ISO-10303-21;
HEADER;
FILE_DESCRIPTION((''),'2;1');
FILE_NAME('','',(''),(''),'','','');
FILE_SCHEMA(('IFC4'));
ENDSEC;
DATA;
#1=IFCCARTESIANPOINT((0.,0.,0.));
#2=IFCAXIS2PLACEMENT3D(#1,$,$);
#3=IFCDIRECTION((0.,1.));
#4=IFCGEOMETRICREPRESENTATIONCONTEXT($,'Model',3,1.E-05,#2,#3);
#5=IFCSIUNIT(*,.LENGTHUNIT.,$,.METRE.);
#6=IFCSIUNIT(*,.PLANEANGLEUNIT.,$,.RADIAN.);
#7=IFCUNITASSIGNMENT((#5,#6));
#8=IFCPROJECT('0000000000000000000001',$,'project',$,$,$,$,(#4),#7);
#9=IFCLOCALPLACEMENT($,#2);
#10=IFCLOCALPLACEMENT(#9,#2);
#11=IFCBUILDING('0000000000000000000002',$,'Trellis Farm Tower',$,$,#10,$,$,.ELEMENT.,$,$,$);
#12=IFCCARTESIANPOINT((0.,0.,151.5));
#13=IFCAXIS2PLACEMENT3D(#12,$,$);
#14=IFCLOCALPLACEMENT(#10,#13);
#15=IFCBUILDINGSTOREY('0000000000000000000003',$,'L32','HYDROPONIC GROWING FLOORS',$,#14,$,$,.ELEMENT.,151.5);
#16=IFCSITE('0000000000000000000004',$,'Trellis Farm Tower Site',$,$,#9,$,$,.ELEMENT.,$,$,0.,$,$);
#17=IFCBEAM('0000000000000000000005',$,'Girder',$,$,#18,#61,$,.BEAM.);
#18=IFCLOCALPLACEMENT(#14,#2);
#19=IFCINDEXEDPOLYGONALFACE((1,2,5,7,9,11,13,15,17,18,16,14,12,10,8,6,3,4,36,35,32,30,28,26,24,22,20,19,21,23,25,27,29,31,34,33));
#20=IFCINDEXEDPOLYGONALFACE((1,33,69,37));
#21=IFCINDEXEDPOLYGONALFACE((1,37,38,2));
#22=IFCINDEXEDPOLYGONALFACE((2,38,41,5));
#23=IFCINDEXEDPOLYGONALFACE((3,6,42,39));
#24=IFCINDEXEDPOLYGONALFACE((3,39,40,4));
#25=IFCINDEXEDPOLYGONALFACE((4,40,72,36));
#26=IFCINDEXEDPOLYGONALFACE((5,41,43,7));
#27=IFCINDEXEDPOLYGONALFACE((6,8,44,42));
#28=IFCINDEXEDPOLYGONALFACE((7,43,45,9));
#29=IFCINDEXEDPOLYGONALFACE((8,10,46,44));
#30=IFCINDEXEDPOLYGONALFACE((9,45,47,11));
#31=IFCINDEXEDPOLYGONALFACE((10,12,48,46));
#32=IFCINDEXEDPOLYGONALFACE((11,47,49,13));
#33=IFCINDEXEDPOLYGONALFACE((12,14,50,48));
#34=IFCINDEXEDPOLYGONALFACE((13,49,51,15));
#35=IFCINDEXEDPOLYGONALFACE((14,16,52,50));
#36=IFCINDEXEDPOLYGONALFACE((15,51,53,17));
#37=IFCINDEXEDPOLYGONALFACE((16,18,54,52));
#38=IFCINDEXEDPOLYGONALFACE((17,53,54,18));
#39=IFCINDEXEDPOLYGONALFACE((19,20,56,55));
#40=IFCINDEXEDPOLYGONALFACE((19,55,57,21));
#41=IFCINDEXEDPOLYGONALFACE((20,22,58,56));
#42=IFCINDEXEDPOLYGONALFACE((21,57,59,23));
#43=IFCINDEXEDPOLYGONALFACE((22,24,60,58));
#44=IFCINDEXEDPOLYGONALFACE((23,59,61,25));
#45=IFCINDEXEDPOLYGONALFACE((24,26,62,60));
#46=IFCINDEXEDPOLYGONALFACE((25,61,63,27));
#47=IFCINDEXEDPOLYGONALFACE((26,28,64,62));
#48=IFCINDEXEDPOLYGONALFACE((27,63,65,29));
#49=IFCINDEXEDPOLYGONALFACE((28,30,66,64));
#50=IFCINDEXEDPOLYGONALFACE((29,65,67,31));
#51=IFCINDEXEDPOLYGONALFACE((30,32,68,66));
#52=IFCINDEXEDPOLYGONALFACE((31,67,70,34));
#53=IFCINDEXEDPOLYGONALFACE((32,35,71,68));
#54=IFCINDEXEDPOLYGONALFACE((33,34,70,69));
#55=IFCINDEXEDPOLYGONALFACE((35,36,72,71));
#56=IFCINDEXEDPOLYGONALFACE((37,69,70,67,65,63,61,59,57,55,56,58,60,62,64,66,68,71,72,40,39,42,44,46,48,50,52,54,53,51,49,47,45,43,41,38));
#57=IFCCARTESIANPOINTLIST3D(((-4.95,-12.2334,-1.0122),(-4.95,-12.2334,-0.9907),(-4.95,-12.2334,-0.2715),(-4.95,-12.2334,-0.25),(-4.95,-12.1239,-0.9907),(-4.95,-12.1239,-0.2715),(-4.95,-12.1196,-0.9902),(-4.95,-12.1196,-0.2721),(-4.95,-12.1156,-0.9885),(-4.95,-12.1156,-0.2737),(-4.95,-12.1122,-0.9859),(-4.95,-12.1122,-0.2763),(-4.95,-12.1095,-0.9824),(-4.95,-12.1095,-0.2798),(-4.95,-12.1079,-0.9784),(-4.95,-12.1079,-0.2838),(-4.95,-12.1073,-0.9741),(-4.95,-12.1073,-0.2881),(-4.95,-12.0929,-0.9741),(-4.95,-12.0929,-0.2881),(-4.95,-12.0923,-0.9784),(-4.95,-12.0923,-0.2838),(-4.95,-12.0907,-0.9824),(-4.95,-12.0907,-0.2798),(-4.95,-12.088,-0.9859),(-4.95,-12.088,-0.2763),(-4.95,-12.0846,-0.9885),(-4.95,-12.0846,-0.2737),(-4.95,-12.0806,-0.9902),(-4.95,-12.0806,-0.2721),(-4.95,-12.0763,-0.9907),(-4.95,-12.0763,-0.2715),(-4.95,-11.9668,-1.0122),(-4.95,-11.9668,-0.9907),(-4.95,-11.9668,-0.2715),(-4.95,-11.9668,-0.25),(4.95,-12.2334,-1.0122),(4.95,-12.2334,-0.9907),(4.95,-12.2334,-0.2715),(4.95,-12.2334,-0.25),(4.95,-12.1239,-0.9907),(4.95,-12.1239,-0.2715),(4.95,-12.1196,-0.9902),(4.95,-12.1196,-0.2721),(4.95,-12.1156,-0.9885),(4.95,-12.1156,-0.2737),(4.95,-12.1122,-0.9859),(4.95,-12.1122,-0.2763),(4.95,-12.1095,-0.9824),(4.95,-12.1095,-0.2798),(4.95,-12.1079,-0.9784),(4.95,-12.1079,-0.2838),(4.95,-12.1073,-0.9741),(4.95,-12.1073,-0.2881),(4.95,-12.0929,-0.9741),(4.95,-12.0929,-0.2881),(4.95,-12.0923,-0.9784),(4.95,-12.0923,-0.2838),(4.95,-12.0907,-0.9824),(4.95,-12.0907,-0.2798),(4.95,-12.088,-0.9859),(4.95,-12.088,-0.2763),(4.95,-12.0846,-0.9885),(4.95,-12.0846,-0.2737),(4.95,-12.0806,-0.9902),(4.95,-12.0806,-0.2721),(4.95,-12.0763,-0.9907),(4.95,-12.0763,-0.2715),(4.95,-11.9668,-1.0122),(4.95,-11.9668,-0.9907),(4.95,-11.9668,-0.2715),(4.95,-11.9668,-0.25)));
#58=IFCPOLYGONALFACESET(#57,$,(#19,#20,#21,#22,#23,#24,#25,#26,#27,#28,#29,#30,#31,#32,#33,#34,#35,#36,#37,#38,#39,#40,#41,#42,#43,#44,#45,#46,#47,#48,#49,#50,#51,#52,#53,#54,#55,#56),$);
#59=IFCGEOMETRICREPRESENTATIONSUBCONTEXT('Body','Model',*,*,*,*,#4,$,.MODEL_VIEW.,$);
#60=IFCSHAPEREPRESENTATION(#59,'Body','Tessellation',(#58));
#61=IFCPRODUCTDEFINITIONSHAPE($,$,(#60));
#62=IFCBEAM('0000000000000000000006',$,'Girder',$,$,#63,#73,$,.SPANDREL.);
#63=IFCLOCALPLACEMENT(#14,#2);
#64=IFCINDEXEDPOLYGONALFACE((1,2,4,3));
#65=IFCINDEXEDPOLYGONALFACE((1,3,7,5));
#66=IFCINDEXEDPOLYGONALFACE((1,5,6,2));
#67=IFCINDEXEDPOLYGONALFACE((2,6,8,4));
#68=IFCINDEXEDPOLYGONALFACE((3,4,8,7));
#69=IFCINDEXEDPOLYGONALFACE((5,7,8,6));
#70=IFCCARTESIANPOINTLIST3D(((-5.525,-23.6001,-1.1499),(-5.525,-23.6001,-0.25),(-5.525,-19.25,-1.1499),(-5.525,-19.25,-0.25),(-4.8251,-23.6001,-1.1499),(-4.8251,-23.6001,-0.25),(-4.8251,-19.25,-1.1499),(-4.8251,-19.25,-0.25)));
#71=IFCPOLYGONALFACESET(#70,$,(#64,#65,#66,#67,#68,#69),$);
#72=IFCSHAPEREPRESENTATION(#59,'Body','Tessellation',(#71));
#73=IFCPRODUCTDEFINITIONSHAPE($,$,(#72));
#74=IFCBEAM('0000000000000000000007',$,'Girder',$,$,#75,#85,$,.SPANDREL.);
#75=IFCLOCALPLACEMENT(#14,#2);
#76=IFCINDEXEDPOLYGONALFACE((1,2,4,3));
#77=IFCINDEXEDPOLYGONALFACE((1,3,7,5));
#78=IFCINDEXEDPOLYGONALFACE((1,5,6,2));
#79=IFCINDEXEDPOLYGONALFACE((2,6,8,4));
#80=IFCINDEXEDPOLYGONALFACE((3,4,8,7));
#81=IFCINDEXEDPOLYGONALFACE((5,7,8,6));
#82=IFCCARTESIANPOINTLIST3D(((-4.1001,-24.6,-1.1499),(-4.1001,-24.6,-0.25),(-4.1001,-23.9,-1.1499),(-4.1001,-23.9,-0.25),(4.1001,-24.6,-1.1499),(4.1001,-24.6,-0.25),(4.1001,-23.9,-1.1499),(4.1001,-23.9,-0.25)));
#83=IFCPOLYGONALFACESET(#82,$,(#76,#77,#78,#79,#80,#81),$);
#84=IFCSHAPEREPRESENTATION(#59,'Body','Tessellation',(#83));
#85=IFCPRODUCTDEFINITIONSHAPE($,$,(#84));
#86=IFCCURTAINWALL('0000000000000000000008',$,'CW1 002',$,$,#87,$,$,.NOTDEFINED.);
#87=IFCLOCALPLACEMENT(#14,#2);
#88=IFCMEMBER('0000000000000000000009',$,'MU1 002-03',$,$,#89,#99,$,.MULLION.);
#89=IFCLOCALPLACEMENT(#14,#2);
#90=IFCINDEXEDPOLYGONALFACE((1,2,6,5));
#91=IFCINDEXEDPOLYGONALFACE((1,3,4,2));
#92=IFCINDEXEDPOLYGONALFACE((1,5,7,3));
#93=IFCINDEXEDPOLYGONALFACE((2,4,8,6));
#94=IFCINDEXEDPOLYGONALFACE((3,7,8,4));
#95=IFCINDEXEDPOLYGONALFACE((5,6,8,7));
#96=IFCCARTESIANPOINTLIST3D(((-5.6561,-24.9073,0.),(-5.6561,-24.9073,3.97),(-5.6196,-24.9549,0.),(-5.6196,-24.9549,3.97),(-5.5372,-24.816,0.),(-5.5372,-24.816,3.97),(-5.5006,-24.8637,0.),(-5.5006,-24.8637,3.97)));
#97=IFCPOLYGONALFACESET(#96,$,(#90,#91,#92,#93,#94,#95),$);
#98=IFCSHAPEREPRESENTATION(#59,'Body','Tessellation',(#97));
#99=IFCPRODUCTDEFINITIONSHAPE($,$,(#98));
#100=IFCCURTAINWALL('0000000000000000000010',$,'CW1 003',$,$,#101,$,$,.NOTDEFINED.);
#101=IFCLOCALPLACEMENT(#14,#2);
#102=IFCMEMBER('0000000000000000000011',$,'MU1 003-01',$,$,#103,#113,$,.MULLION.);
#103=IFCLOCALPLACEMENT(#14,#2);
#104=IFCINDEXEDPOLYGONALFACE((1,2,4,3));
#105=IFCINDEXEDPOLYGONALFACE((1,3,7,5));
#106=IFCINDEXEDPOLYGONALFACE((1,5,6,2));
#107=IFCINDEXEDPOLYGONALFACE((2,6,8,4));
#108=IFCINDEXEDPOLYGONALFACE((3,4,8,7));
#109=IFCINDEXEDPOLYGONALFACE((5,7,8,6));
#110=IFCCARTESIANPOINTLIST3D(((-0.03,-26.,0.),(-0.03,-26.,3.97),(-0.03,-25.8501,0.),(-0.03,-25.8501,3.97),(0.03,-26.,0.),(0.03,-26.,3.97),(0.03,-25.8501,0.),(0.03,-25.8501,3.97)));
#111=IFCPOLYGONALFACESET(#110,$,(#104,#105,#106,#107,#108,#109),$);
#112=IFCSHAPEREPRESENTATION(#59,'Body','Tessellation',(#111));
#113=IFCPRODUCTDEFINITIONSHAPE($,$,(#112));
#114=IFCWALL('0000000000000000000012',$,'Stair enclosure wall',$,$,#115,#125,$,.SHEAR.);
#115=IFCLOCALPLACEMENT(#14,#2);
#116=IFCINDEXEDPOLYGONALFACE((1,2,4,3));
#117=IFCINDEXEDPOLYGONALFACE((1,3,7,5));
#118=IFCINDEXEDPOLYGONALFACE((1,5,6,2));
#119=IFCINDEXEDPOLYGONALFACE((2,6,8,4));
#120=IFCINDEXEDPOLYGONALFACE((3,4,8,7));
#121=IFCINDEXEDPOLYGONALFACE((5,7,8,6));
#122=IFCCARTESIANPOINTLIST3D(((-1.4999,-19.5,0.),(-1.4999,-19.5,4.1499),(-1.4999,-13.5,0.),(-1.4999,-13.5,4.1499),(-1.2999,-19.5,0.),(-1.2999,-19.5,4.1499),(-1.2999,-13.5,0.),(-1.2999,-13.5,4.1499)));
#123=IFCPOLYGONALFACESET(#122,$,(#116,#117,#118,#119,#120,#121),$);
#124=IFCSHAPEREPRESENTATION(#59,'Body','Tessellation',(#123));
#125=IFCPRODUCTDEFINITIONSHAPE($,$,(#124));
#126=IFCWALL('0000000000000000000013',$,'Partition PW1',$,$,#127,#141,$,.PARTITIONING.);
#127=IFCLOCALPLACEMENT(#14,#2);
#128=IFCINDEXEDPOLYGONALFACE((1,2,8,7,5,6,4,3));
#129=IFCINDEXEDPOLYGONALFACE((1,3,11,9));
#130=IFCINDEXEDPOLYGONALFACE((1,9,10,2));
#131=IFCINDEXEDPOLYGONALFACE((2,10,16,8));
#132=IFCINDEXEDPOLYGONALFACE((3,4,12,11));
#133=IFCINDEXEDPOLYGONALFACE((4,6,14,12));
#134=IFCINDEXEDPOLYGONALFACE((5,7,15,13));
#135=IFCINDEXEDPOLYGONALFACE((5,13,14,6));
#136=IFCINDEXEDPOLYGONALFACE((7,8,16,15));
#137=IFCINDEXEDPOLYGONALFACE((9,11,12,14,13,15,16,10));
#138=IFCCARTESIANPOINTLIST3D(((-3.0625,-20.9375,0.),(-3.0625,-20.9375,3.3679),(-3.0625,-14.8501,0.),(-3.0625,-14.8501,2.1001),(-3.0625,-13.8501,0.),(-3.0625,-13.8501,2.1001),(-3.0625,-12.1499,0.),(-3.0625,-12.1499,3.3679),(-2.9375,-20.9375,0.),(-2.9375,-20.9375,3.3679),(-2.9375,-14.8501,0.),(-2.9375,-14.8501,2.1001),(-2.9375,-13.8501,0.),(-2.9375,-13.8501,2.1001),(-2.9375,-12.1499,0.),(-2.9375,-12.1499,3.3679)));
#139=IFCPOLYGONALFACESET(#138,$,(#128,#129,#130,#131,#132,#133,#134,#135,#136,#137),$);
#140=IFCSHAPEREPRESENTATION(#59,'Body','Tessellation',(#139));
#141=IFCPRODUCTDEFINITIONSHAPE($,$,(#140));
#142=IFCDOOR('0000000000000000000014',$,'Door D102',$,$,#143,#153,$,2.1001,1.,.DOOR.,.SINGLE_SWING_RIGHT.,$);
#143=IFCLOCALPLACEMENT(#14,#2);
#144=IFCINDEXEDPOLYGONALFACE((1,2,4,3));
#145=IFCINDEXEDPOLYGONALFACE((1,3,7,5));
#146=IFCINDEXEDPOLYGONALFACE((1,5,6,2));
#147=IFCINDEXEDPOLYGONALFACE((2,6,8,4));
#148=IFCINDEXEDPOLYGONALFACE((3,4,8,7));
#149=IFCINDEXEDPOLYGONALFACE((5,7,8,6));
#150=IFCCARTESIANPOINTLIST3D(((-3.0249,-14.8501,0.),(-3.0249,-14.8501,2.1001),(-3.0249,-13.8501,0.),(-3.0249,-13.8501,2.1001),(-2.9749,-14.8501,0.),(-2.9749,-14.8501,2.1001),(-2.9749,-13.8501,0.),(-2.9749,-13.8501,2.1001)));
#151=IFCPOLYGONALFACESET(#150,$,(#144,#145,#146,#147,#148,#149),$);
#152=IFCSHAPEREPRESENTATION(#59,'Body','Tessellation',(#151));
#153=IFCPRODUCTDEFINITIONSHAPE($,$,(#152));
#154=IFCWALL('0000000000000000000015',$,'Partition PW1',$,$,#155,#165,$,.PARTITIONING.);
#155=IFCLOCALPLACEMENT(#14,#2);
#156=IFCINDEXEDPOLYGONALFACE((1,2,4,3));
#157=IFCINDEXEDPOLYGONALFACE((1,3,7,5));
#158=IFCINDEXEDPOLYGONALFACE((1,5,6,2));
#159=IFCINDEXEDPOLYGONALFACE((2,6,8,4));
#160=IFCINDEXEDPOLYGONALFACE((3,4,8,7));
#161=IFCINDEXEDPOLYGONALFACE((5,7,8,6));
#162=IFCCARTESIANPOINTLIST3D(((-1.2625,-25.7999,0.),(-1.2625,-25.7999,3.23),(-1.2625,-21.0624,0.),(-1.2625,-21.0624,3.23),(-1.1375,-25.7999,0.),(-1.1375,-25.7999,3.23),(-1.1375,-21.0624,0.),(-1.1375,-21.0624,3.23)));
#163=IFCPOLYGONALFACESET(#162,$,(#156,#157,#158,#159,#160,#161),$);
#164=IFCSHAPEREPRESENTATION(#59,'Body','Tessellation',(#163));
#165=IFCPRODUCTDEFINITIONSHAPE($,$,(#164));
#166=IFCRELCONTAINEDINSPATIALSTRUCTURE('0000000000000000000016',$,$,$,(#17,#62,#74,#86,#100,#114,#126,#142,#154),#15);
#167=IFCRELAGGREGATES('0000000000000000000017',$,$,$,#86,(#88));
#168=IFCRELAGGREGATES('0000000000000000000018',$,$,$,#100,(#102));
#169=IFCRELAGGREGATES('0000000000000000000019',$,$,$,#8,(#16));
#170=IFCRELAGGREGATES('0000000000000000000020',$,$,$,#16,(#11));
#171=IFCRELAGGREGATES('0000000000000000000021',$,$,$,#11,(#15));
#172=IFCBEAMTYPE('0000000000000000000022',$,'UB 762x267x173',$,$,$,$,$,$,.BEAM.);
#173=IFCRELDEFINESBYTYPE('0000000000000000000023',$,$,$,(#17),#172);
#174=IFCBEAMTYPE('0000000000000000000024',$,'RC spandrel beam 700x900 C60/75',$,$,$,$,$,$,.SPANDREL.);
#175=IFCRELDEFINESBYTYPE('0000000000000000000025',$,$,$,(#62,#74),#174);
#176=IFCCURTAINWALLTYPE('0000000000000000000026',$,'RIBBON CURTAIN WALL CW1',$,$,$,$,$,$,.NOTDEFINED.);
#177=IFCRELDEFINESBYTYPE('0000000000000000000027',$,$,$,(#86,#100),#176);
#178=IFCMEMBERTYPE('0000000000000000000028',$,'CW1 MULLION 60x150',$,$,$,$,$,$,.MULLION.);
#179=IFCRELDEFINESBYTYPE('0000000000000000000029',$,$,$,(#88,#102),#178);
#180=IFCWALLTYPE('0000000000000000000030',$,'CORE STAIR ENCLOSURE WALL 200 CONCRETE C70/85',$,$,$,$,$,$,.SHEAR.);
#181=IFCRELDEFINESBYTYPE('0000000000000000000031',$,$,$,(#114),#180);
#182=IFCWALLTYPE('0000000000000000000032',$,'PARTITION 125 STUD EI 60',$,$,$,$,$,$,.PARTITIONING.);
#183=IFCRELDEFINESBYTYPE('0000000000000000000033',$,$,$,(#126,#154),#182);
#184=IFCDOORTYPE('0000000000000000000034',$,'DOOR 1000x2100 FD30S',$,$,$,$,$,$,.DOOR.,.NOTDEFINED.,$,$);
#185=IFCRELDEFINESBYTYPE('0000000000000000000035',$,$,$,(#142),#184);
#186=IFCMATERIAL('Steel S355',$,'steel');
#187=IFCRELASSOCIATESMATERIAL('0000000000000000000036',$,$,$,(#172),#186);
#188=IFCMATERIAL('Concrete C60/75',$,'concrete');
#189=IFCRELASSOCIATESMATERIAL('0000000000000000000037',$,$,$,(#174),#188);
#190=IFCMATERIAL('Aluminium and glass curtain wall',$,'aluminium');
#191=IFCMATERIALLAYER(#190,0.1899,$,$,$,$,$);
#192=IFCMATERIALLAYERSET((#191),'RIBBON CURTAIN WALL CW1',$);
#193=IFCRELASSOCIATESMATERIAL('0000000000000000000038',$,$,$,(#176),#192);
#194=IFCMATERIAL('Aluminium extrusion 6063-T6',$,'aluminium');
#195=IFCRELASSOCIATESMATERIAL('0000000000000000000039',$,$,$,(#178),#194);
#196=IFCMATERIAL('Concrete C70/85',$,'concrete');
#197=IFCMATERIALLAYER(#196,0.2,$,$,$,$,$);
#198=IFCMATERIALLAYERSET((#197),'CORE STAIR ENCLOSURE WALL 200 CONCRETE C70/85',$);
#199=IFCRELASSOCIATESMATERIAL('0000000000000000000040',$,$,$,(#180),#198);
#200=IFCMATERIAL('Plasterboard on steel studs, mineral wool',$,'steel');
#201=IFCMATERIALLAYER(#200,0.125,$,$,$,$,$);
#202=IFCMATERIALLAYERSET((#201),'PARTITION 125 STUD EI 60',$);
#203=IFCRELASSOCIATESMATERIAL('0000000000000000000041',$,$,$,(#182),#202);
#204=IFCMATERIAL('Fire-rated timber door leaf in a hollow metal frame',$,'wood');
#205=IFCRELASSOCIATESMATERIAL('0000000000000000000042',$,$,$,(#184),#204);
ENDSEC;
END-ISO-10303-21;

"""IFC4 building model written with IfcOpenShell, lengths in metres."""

from ifc_helpers import new_model, si_unit, direction, frame, frame_2d, origin, origin_2d, place, context, subcontext, project, spatial, rectangle, i_section, extrude, source, transform, mapped, material, layer, layer_set, material_profile, profile_set, type_object, element, fill, aggregate, save


model = new_model("IFC4")

# Units and contexts
model_context = context("Model", 3, precision=1e-05, world=origin(), true_north=direction((0.0, 1.0)))
body_context = subcontext(model_context, "Body", "Model", "MODEL_VIEW")
ifc_project = project(units=[si_unit("LENGTHUNIT", "METRE"), si_unit("PLANEANGLEUNIT", "RADIAN")], contexts=[model_context])

# Site, building, storey
site_placement = place(None, origin())
site = spatial("IfcSite", under=ifc_project, at=site_placement, Name="Trellis Farm Tower Site", CompositionType="ELEMENT", RefElevation=0.0)
building_placement = place(site_placement, origin())
building = spatial("IfcBuilding", under=site, at=building_placement, Name="Trellis Farm Tower", CompositionType="ELEMENT")
storey_placement = place(building_placement, frame((0.0, 0.0, 151.5)))
storey = spatial("IfcBuildingStorey", under=building, at=storey_placement, Name="L32", Description="HYDROPONIC GROWING FLOORS", CompositionType="ELEMENT", Elevation=151.5)

# Beams
ifc_material_1 = material(Name="Steel S355", Category="steel")
ifc_material_profile_1 = material_profile(ifc_material_1, i_section(OverallWidth=0.2666, OverallDepth=0.7622, WebThickness=0.0144, FlangeThickness=0.0215, FilletRadius=0.0166, at=origin_2d()), Name="UB 762x267x173")
ifc_profile_set_1 = profile_set([ifc_material_profile_1], Name="Steel S355")
beam_type_1 = type_object("IfcBeamType", Name="UB 762x267x173", PredefinedType="BEAM", material=ifc_profile_set_1)
shared_shape_1 = source(origin(), body_context, "Body", "SweptSolid", [
    extrude(i_section(OverallWidth=0.2666, OverallDepth=0.7622, WebThickness=0.0144, FlangeThickness=0.0215, FilletRadius=0.0166, at=origin_2d()), origin(), (0.0, 0.0, 1.0), 9.8999),
])
beam_1_placement = place(storey_placement, frame((-4.95, -12.1001, -0.6311), z_axis=(1.0, 0.0, 0.0), x_axis=(0.0, 1.0, 0.0)))
element("IfcBeam", 1, at=beam_1_placement, inside=storey, type_object=beam_type_1, Name="Girder", PredefinedType="BEAM", context=body_context, shape_type="MappedRepresentation", body=[
    mapped(shared_shape_1, transform((0.0, 0.0, 0.0))),
])
ifc_material_2 = material(Name="Concrete C60/75", Category="concrete")
ifc_material_profile_2 = material_profile(ifc_material_2, rectangle(XDim=0.7, YDim=0.8999, at=origin_2d()), Name="RC spandrel beam 700x900 C60/75")
ifc_profile_set_2 = profile_set([ifc_material_profile_2], Name="Concrete C60/75")
beam_type_2 = type_object("IfcBeamType", Name="RC spandrel beam 700x900 C60/75", PredefinedType="SPANDREL", material=ifc_profile_set_2)
shared_shape_2 = source(origin(), body_context, "Body", "SweptSolid", [
    extrude(rectangle(XDim=0.7, YDim=0.8999, at=origin_2d()), origin(), (0.0, 0.0, 1.0), 4.3501),
])
beam_2_placement = place(storey_placement, frame((-5.175, -23.6001, -0.7), z_axis=(0.0, 1.0, 0.0), x_axis=(-1.0, 0.0, 0.0)))
element("IfcBeam", 2, at=beam_2_placement, inside=storey, type_object=beam_type_2, Name="Girder", PredefinedType="SPANDREL", context=body_context, shape_type="MappedRepresentation", body=[
    mapped(shared_shape_2, transform((0.0, 0.0, 0.0))),
])
shared_shape_3 = source(origin(), body_context, "Body", "SweptSolid", [
    extrude(rectangle(XDim=0.7, YDim=0.8999, at=origin_2d()), origin(), (0.0, 0.0, 1.0), 8.2002),
])
beam_3_placement = place(storey_placement, frame((-4.1001, -24.25, -0.7), z_axis=(1.0, 0.0, 0.0), x_axis=(0.0, 1.0, 0.0)))
element("IfcBeam", 3, at=beam_3_placement, inside=storey, type_object=beam_type_2, Name="Girder", PredefinedType="SPANDREL", context=body_context, shape_type="MappedRepresentation", body=[
    mapped(shared_shape_3, transform((0.0, 0.0, 0.0))),
])

# Curtain walls, members
ifc_material_3 = material(Name="Aluminium and glass curtain wall", Category="aluminium")
ifc_layer_1 = layer(ifc_material_3, 0.1899)
ifc_layer_set_1 = layer_set([ifc_layer_1], Name="RIBBON CURTAIN WALL CW1")
curtain_wall_type = type_object("IfcCurtainWallType", Name="RIBBON CURTAIN WALL CW1", PredefinedType="NOTDEFINED", material=ifc_layer_set_1)
placement = place(storey_placement, origin())
curtain_wall_1 = element("IfcCurtainWall", 4, at=placement, inside=storey, type_object=curtain_wall_type, Name="CW1 002", PredefinedType="NOTDEFINED")
ifc_material_4 = material(Name="Aluminium extrusion 6063-T6", Category="aluminium")
ifc_material_profile_3 = material_profile(ifc_material_4, rectangle(XDim=0.0601, YDim=0.1499, at=origin_2d()), Name="MULLION 60x150")
ifc_profile_set_3 = profile_set([ifc_material_profile_3], Name="Aluminium extrusion 6063-T6")
member_type = type_object("IfcMemberType", Name="CW1 MULLION 60x150", PredefinedType="MULLION", material=ifc_profile_set_3)
shared_shape_4 = source(origin(), body_context, "Body", "SweptSolid", [
    extrude(rectangle(XDim=0.0601, YDim=0.1499, at=origin_2d()), origin(), (0.0, 0.0, 1.0), 3.97),
])
member_1_placement = place(storey_placement, frame((-5.5784, -24.8855, 0.0), z_axis=(0.0, 0.0, 1.0), x_axis=(0.608761, -0.793353, 0.0)))
member_1 = element("IfcMember", 5, at=member_1_placement, type_object=member_type, Name="MU1 002-03", PredefinedType="MULLION", context=body_context, shape_type="MappedRepresentation", body=[
    mapped(shared_shape_4, transform((0.0, 0.0, 0.0))),
])
aggregate(curtain_wall_1, [member_1])
curtain_wall_2 = element("IfcCurtainWall", 6, at=placement, inside=storey, type_object=curtain_wall_type, Name="CW1 003", PredefinedType="NOTDEFINED")
member_2_placement = place(storey_placement, frame((0.0, -25.925, 0.0), z_axis=(0.0, 0.0, 1.0), x_axis=(1.0, 0.0, 0.0)))
member_2 = element("IfcMember", 7, at=member_2_placement, type_object=member_type, Name="MU1 003-01", PredefinedType="MULLION", context=body_context, shape_type="MappedRepresentation", body=[
    mapped(shared_shape_4, transform((0.0, 0.0, 0.0))),
])
aggregate(curtain_wall_2, [member_2])

# Wall
ifc_material_5 = material(Name="Concrete C70/85", Category="concrete")
ifc_layer_2 = layer(ifc_material_5, 0.2)
ifc_layer_set_2 = layer_set([ifc_layer_2], Name="CORE STAIR ENCLOSURE WALL 200 CONCRETE C70/85")
wall_type_1 = type_object("IfcWallType", Name="CORE STAIR ENCLOSURE WALL 200 CONCRETE C70/85", PredefinedType="SHEAR", material=ifc_layer_set_2)
shared_shape_5 = source(origin(), body_context, "Body", "SweptSolid", [
    extrude(rectangle(XDim=6.0, YDim=0.2, at=frame_2d((3.0, 0.0))), origin(), (0.0, 0.0, 1.0), 4.1499),
])
wall_1_placement = place(storey_placement, frame((-1.3999, -13.5, 0.0), z_axis=(0.0, 0.0, 1.0), x_axis=(0.0, -1.0, 0.0)))
element("IfcWall", 8, at=wall_1_placement, inside=storey, type_object=wall_type_1, Name="Stair enclosure wall", PredefinedType="SHEAR", context=body_context, shape_type="MappedRepresentation", body=[
    mapped(shared_shape_5, transform((0.0, 0.0, 0.0))),
])

# Wall, opening, door
ifc_material_6 = material(Name="Plasterboard on steel studs, mineral wool", Category="steel")
ifc_layer_3 = layer(ifc_material_6, 0.125)
ifc_layer_set_3 = layer_set([ifc_layer_3], Name="PARTITION 125 STUD EI 60")
wall_type_2 = type_object("IfcWallType", Name="PARTITION 125 STUD EI 60", PredefinedType="PARTITIONING", material=ifc_layer_set_3)
shared_shape_6 = source(origin(), body_context, "Body", "SweptSolid", [
    extrude(rectangle(XDim=8.7876, YDim=0.125, at=frame_2d((4.3938, 0.0))), origin(), (0.0, 0.0, 1.0), 3.3679),
])
wall_2_placement = place(storey_placement, frame((-3.0, -20.9375, 0.0), z_axis=(0.0, 0.0, 1.0), x_axis=(0.0, 1.0, 0.0)))
wall_2 = element("IfcWall", 9, at=wall_2_placement, inside=storey, type_object=wall_type_2, Name="Partition PW1", PredefinedType="PARTITIONING", context=body_context, shape_type="MappedRepresentation", body=[
    mapped(shared_shape_6, transform((0.0, 0.0, 0.0))),
])
shared_shape_7 = source(origin(), body_context, "Body", "SweptSolid", [
    extrude(rectangle(XDim=1.0, YDim=2.1001, at=frame_2d((0.5, 1.05))), frame((0.0, 0.0725, 0.0), z_axis=(0.0, -1.0, 0.0), x_axis=(1.0, 0.0, 0.0)), (0.0, 0.0, 1.0), 0.145),
])
opening_1_placement = place(wall_2_placement, frame((6.0874, 0.0, 0.0)))
opening_1 = element("IfcOpeningElement", 10, at=opening_1_placement, cuts=wall_2, PredefinedType="OPENING", context=body_context, shape_type="MappedRepresentation", body=[
    mapped(shared_shape_7, transform((0.0, 0.0, 0.0))),
])
ifc_material_7 = material(Name="Fire-rated timber door leaf in a hollow metal frame", Category="wood")
door_type = type_object("IfcDoorType", Name="DOOR 1000x2100 FD30S", OperationType="NOTDEFINED", PredefinedType="DOOR", material=ifc_material_7)
shared_shape_8 = source(origin(), body_context, "Body", "SweptSolid", [
    extrude(rectangle(XDim=1.0, YDim=2.1001, at=frame_2d((0.5, 1.05))), frame((0.0, 0.0249, 0.0), z_axis=(0.0, -1.0, 0.0), x_axis=(1.0, 0.0, 0.0)), (0.0, 0.0, 1.0), 0.05),
])
door_1_placement = place(opening_1_placement, origin())
door_1 = element("IfcDoor", 11, at=door_1_placement, inside=storey, type_object=door_type, Name="Door D102", OperationType="SINGLE_SWING_RIGHT", OverallHeight=2.1001, OverallWidth=1.0, PredefinedType="DOOR", context=body_context, shape_type="MappedRepresentation", body=[
    mapped(shared_shape_8, transform((0.0, 0.0, 0.0))),
])
fill(opening_1, door_1)

# Wall
shared_shape_9 = source(origin(), body_context, "Body", "SweptSolid", [
    extrude(rectangle(XDim=4.7375, YDim=0.125, at=frame_2d((2.3687, 0.0))), origin(), (0.0, 0.0, 1.0), 3.23),
])
wall_3_placement = place(storey_placement, frame((-1.2, -21.0625, 0.0), z_axis=(0.0, 0.0, 1.0), x_axis=(0.0, -1.0, 0.0)))
element("IfcWall", 12, at=wall_3_placement, inside=storey, type_object=wall_type_2, Name="Partition PW1", PredefinedType="PARTITIONING", context=body_context, shape_type="MappedRepresentation", body=[
    mapped(shared_shape_9, transform((0.0, 0.0, 0.0))),
])

save(model, "model.ifc")
